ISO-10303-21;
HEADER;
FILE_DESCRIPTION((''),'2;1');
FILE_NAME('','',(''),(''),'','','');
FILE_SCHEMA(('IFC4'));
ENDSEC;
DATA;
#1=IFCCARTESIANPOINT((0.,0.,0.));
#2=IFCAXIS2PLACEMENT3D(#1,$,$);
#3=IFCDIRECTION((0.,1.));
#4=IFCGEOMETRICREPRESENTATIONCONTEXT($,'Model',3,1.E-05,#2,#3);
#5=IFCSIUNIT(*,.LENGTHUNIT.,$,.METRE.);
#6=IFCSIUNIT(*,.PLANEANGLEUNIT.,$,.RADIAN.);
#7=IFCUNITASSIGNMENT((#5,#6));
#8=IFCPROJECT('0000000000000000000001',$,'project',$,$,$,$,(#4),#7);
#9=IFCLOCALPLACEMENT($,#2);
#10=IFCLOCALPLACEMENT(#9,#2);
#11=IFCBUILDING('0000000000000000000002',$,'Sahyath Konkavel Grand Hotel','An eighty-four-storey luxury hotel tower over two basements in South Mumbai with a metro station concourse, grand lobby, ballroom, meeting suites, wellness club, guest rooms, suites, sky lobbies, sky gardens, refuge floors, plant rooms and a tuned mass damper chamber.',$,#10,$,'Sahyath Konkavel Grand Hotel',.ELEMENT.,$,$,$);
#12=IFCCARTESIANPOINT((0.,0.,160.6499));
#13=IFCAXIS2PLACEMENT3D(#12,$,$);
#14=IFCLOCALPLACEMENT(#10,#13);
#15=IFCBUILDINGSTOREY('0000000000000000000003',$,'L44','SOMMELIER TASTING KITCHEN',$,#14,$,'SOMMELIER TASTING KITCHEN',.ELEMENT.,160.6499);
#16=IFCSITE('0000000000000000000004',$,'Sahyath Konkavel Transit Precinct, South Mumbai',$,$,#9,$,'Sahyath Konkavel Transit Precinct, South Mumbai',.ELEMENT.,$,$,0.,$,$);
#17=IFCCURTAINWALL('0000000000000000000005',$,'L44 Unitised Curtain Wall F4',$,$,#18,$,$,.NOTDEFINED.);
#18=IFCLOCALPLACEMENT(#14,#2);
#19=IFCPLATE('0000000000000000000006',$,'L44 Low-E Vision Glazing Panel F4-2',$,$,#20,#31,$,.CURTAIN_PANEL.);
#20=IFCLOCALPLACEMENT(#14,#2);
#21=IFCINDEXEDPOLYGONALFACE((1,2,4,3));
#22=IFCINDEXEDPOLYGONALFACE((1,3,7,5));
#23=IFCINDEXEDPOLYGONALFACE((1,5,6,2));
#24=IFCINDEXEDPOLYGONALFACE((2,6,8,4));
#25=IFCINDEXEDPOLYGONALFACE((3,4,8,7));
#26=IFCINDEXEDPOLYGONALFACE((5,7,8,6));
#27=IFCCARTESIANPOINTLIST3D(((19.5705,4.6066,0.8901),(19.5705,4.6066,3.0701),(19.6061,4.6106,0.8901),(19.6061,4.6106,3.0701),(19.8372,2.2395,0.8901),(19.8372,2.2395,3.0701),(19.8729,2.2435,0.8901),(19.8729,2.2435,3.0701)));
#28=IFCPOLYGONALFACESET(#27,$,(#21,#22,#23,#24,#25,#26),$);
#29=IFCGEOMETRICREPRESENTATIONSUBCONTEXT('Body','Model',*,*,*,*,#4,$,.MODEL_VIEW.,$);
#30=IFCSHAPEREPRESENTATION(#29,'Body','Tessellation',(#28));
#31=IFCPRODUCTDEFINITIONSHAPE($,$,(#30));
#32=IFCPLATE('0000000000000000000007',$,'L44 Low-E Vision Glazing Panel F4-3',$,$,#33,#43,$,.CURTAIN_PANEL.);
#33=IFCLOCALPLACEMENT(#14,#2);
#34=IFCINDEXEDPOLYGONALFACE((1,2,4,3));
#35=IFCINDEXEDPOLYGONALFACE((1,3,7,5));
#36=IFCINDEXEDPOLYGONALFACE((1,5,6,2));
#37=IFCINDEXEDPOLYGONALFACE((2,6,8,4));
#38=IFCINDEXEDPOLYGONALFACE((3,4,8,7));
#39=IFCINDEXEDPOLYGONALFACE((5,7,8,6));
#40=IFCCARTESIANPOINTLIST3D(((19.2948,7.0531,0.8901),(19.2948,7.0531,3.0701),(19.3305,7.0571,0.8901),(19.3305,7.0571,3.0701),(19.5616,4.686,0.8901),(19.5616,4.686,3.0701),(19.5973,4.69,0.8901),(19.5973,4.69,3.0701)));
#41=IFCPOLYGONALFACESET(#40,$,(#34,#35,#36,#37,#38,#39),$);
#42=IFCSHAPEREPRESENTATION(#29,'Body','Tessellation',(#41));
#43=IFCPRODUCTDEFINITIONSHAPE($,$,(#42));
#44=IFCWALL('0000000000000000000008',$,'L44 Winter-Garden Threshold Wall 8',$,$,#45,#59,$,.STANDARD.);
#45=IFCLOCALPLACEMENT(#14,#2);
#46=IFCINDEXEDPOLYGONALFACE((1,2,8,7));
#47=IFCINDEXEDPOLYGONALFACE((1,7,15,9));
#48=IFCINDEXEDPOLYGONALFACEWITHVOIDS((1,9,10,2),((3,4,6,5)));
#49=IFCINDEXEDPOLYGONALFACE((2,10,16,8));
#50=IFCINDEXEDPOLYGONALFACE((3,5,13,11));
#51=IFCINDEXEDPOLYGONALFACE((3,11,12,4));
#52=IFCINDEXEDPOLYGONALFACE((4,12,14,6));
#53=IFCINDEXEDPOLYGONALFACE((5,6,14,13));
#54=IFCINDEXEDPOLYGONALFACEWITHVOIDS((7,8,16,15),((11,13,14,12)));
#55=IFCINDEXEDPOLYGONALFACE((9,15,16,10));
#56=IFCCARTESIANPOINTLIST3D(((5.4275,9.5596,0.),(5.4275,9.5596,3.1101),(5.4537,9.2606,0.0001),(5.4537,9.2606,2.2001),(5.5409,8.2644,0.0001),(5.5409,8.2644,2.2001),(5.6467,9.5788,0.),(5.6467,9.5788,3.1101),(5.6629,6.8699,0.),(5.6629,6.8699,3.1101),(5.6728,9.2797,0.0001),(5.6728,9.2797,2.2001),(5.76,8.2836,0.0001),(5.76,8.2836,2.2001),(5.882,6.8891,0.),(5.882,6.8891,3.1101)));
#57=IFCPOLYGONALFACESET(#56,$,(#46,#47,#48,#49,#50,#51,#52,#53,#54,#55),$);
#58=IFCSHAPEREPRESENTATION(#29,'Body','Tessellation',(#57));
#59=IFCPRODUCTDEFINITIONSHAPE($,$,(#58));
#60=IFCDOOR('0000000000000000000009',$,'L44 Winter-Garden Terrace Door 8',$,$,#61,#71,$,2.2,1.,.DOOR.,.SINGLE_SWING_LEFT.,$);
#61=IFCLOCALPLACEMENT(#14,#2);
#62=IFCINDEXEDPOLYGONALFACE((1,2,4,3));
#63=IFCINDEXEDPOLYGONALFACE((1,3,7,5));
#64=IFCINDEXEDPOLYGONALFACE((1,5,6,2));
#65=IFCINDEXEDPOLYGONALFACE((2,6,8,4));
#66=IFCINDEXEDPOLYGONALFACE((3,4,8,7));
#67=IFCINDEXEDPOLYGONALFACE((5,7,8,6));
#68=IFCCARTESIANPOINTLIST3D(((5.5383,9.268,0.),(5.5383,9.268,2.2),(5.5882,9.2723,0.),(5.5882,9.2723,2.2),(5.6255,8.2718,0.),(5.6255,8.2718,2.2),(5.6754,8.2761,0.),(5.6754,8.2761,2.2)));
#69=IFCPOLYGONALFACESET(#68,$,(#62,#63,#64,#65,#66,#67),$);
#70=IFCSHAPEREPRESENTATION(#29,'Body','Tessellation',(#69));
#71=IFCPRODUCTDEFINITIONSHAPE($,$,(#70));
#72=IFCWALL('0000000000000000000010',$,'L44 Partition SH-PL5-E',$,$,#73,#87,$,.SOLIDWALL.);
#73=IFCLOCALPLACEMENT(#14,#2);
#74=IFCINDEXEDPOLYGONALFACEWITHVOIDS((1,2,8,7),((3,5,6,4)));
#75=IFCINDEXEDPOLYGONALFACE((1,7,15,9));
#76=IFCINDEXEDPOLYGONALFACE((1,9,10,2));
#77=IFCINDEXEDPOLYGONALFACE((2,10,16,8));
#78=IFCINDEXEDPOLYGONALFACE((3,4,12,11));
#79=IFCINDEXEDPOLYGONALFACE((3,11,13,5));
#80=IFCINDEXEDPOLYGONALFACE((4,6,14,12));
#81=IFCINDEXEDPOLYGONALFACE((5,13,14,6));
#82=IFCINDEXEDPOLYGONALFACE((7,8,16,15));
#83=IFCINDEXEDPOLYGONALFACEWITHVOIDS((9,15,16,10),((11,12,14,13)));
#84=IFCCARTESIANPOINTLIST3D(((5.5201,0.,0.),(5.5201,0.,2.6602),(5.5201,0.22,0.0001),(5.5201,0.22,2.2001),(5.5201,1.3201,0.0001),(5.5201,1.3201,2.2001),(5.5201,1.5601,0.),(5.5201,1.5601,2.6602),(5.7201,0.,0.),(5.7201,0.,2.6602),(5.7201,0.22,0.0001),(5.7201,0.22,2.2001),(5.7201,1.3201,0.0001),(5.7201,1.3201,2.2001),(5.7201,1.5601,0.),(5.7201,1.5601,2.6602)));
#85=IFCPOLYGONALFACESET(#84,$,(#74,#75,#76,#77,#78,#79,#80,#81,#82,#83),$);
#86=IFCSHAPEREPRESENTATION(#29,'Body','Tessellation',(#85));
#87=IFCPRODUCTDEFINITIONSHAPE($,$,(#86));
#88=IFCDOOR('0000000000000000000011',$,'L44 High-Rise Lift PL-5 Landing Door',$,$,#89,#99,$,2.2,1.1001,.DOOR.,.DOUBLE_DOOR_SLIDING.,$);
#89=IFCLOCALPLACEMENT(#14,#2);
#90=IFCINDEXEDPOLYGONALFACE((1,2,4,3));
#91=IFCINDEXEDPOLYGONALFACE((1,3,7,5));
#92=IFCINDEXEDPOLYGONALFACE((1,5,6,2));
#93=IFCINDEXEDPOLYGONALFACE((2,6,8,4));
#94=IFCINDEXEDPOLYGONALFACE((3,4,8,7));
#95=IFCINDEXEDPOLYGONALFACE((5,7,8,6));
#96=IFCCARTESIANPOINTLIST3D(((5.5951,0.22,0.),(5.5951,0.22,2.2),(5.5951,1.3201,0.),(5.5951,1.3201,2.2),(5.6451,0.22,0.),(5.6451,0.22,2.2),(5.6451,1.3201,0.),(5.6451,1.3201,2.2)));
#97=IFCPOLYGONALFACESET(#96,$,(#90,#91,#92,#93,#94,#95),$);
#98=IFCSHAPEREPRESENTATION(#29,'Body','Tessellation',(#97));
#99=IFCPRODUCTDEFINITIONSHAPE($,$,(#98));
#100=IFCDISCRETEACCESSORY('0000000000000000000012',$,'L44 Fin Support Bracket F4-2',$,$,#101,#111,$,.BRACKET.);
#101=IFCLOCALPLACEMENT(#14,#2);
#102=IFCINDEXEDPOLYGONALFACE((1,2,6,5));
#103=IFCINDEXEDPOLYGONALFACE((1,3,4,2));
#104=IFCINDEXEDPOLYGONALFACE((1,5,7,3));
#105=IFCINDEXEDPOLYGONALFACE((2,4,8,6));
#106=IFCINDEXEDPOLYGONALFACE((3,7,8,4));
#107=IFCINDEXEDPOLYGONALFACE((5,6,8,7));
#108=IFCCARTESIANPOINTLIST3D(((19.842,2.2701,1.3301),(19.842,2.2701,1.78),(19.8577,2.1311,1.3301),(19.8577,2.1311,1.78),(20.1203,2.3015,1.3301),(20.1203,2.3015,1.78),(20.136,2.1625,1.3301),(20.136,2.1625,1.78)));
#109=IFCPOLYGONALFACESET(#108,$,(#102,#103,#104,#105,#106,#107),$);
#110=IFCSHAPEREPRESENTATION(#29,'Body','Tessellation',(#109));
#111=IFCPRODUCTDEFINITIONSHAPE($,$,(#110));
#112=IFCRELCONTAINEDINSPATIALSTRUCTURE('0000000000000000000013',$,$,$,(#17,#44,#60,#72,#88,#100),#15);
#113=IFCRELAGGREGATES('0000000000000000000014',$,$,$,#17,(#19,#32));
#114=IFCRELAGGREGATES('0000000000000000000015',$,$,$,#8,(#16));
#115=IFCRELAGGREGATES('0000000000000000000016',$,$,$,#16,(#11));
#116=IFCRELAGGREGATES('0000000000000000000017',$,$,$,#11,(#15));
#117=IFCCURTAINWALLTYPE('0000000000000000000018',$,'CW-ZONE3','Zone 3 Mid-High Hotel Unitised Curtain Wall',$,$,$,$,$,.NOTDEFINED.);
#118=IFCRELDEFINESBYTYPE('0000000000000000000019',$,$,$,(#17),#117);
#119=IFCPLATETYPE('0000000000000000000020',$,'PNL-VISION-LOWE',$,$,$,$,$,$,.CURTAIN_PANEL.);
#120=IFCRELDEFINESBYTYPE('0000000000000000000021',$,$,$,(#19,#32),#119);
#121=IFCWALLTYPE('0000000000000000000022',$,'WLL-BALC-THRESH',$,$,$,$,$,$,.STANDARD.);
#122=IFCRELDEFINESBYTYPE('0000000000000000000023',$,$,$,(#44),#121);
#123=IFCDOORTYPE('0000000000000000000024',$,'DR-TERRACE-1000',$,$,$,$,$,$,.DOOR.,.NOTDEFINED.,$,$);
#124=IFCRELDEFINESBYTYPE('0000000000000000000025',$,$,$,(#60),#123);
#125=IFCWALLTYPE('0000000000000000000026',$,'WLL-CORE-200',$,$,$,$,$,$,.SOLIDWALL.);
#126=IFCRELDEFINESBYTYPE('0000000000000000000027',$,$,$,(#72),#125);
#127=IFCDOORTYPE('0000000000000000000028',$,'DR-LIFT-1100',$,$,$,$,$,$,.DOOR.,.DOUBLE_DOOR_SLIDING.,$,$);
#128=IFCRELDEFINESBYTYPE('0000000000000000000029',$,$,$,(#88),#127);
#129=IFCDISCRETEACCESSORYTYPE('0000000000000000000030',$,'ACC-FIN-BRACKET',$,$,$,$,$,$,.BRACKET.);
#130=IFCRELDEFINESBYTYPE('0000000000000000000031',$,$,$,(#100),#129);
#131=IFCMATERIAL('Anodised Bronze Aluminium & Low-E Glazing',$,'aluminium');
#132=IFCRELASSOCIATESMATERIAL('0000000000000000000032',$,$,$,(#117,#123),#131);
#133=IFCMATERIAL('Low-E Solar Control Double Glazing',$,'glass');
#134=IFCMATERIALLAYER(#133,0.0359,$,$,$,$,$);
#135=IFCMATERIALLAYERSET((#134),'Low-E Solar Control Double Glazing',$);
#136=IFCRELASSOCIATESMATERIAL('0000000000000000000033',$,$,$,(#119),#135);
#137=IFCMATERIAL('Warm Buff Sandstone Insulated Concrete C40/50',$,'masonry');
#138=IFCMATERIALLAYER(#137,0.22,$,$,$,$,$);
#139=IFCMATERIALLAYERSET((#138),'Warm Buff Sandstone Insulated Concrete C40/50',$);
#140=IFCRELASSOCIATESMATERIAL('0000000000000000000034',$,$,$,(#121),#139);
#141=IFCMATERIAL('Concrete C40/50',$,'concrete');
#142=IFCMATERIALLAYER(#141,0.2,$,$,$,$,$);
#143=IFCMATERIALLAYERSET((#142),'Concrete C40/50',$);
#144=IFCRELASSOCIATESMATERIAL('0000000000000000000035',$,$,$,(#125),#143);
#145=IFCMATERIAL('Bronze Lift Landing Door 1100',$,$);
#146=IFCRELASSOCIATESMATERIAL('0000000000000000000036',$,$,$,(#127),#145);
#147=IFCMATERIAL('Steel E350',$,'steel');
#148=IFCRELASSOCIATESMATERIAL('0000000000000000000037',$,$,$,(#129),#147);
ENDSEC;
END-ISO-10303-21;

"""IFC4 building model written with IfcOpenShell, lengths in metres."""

from ifc_helpers import new_model, si_unit, direction, frame, frame_2d, origin, origin_2d, place, context, subcontext, project, spatial, rectangle, extrude, source, transform, mapped, material, layer, layer_set, type_object, element, fill, aggregate, save


model = new_model("IFC4")

# Units and contexts
model_context = context("Model", 3, precision=1e-05, world=origin(), true_north=direction((0.0, 1.0)))
body_context = subcontext(model_context, "Body", "Model", "MODEL_VIEW")
ifc_project = project(units=[si_unit("LENGTHUNIT", "METRE"), si_unit("PLANEANGLEUNIT", "RADIAN")], contexts=[model_context])

# Site, building, storey
site_placement = place(None, origin())
site = spatial("IfcSite", under=ifc_project, at=site_placement, Name="Sahyath Konkavel Transit Precinct, South Mumbai", LongName="Sahyath Konkavel Transit Precinct, South Mumbai", CompositionType="ELEMENT", RefElevation=0.0)
building_placement = place(site_placement, origin())
building = spatial("IfcBuilding", under=site, at=building_placement, Name="Sahyath Konkavel Grand Hotel", Description="An eighty-four-storey luxury hotel tower over two basements in South Mumbai with a metro station concourse, grand lobby, ballroom, meeting suites, wellness club, guest rooms, suites, sky lobbies, sky gardens, refuge floors, plant rooms and a tuned mass damper chamber.", LongName="Sahyath Konkavel Grand Hotel", CompositionType="ELEMENT")
storey_placement = place(building_placement, frame((0.0, 0.0, 160.6499)))
storey = spatial("IfcBuildingStorey", under=building, at=storey_placement, Name="L44", Description="SOMMELIER TASTING KITCHEN", LongName="SOMMELIER TASTING KITCHEN", CompositionType="ELEMENT", Elevation=160.6499)

# Shared definitions
ifc_material_1 = material(Name="Concrete C40/50", Category="concrete")

# Shared definitions
ifc_material_2 = material(Name="Steel E350", Category="steel")

# Curtain wall
ifc_material_3 = material(Name="Anodised Bronze Aluminium & Low-E Glazing", Category="aluminium")
curtain_wall_type = type_object("IfcCurtainWallType", Name="CW-ZONE3", Description="Zone 3 Mid-High Hotel Unitised Curtain Wall", PredefinedType="NOTDEFINED", material=ifc_material_3)
curtain_wall_1_placement = place(storey_placement, origin())
curtain_wall_1 = element("IfcCurtainWall", 1, at=curtain_wall_1_placement, inside=storey, type_object=curtain_wall_type, Name="L44 Unitised Curtain Wall F4", PredefinedType="NOTDEFINED")

# Plates
ifc_material_4 = material(Name="Low-E Solar Control Double Glazing", Category="glass")
ifc_layer_1 = layer(ifc_material_4, 0.0359)
ifc_layer_set_1 = layer_set([ifc_layer_1], Name="Low-E Solar Control Double Glazing")
plate_type_1 = type_object("IfcPlateType", Name="PNL-VISION-LOWE", PredefinedType="CURTAIN_PANEL", material=ifc_layer_set_1)
shared_shape_1 = source(origin(), body_context, "Body", "SweptSolid", [
    extrude(rectangle(XDim=2.3821, YDim=0.0359, at=origin_2d()), origin(), (0.0, 0.0, 1.0), 2.1799),
])
plate_1_placement = place(storey_placement, frame((19.7217, 3.425, 0.8901), z_axis=(0.0, 0.0, 1.0), x_axis=(-0.111989, 0.993709, 0.0)))
plate_1 = element("IfcPlate", 2, at=plate_1_placement, type_object=plate_type_1, Name="L44 Low-E Vision Glazing Panel F4-2", PredefinedType="CURTAIN_PANEL", context=body_context, shape_type="MappedRepresentation", body=[
    mapped(shared_shape_1, transform((0.0, 0.0, 0.0), scale=1.0)),
])
plate_2_placement = place(storey_placement, frame((19.446, 5.8716, 0.8901), z_axis=(0.0, 0.0, 1.0), x_axis=(-0.111989, 0.993709, 0.0)))
plate_2 = element("IfcPlate", 3, at=plate_2_placement, type_object=plate_type_1, Name="L44 Low-E Vision Glazing Panel F4-3", PredefinedType="CURTAIN_PANEL", context=body_context, shape_type="MappedRepresentation", body=[
    mapped(shared_shape_1, transform((0.0, 0.0, 0.0), scale=1.0)),
])
aggregate(curtain_wall_1, [plate_1, plate_2])

# Walls, openings, doors
ifc_material_5 = material(Name="Warm Buff Sandstone Insulated Concrete C40/50", Category="masonry")
ifc_layer_2 = layer(ifc_material_5, 0.22)
ifc_layer_set_2 = layer_set([ifc_layer_2], Name="Warm Buff Sandstone Insulated Concrete C40/50")
wall_type_1 = type_object("IfcWallType", Name="WLL-BALC-THRESH", PredefinedType="STANDARD", material=ifc_layer_set_2)
wall_1_placement = place(storey_placement, frame((5.7725, 6.8794, 0.0), z_axis=(0.0, 0.0, 1.0), x_axis=(-0.087168, 0.996194, 0.0)))
wall_1 = element("IfcWall", 4, at=wall_1_placement, inside=storey, type_object=wall_type_1, Name="L44 Winter-Garden Threshold Wall 8", PredefinedType="STANDARD", context=body_context, shape_type="SweptSolid", body=[
    extrude(rectangle(XDim=2.7, YDim=0.22, at=frame_2d((1.3501, 0.0))), origin(), (0.0, 0.0, 1.0), 3.1101),
])
opening_1_placement = place(wall_1_placement, frame((1.3999, 0.0, 0.0)))
opening_1 = element("IfcOpeningElement", 5, at=opening_1_placement, cuts=wall_1, PredefinedType="OPENING", context=body_context, shape_type="SweptSolid", body=[
    extrude(rectangle(XDim=1.0, YDim=2.2, at=frame_2d((0.5, 1.1001))), frame((0.0, 0.1201, 0.0), z_axis=(0.0, -1.0, 0.0), x_axis=(1.0, 0.0, 0.0)), (0.0, 0.0, 1.0), 0.24),
])
door_type_1 = type_object("IfcDoorType", Name="DR-TERRACE-1000", OperationType="NOTDEFINED", PredefinedType="DOOR", material=ifc_material_3)
shared_shape_2 = source(origin(), body_context, "Body", "SweptSolid", [
    extrude(rectangle(XDim=1.0, YDim=0.05, at=origin_2d()), origin(), (0.0, 0.0, 1.0), 2.2),
])
door_1_placement = place(opening_1_placement, frame((0.5, 0.0, 0.0)))
door_1 = element("IfcDoor", 6, at=door_1_placement, inside=storey, type_object=door_type_1, Name="L44 Winter-Garden Terrace Door 8", OperationType="SINGLE_SWING_LEFT", OverallHeight=2.2, OverallWidth=1.0, PredefinedType="DOOR", context=body_context, shape_type="MappedRepresentation", body=[
    mapped(shared_shape_2, transform((0.0, 0.0, 0.0), scale=1.0)),
])
fill(opening_1, door_1)
ifc_layer_3 = layer(ifc_material_1, 0.2)
ifc_layer_set_3 = layer_set([ifc_layer_3], Name="Concrete C40/50")
wall_type_2 = type_object("IfcWallType", Name="WLL-CORE-200", PredefinedType="SOLIDWALL", material=ifc_layer_set_3)
wall_2_placement = place(storey_placement, frame((5.6201, 0.0, 0.0), z_axis=(0.0, 0.0, 1.0), x_axis=(0.0, 1.0, 0.0)))
wall_2 = element("IfcWall", 7, at=wall_2_placement, inside=storey, type_object=wall_type_2, Name="L44 Partition SH-PL5-E", PredefinedType="SOLIDWALL", context=body_context, shape_type="SweptSolid", body=[
    extrude(rectangle(XDim=1.5601, YDim=0.2, at=frame_2d((0.78, 0.0))), origin(), (0.0, 0.0, 1.0), 2.6602),
])
opening_2_placement = place(wall_2_placement, frame((0.22, 0.0, 0.0)))
opening_2 = element("IfcOpeningElement", 8, at=opening_2_placement, cuts=wall_2, PredefinedType="OPENING", context=body_context, shape_type="SweptSolid", body=[
    extrude(rectangle(XDim=1.1001, YDim=2.2, at=frame_2d((0.55, 1.1001))), frame((0.0, 0.1099, 0.0), z_axis=(0.0, -1.0, 0.0), x_axis=(1.0, 0.0, 0.0)), (0.0, 0.0, 1.0), 0.22),
])
ifc_material_6 = material(Name="Bronze Lift Landing Door 1100")
door_type_2 = type_object("IfcDoorType", Name="DR-LIFT-1100", OperationType="DOUBLE_DOOR_SLIDING", PredefinedType="DOOR", material=ifc_material_6)
shared_shape_3 = source(origin(), body_context, "Body", "SweptSolid", [
    extrude(rectangle(XDim=1.1001, YDim=0.05, at=origin_2d()), origin(), (0.0, 0.0, 1.0), 2.2),
])
door_2_placement = place(opening_2_placement, frame((0.55, 0.0, 0.0)))
door_2 = element("IfcDoor", 9, at=door_2_placement, inside=storey, type_object=door_type_2, Name="L44 High-Rise Lift PL-5 Landing Door", OperationType="DOUBLE_DOOR_SLIDING", OverallHeight=2.2, OverallWidth=1.1001, PredefinedType="DOOR", context=body_context, shape_type="MappedRepresentation", body=[
    mapped(shared_shape_3, transform((0.0, 0.0, 0.0), scale=1.0)),
])
fill(opening_2, door_2)

# Discrete accessory
discrete_accessory_type = type_object("IfcDiscreteAccessoryType", Name="ACC-FIN-BRACKET", PredefinedType="BRACKET", material=ifc_material_2)
shared_shape_4 = source(origin(), body_context, "Body", "SweptSolid", [
    extrude(rectangle(XDim=0.28, YDim=0.1399, at=origin_2d()), origin(), (0.0, 0.0, 1.0), 0.45),
])
discrete_accessory_placement = place(storey_placement, frame((19.989, 2.2163, 1.3301), z_axis=(0.0, 0.0, 1.0), x_axis=(0.993709, 0.111989, 0.0)))
element("IfcDiscreteAccessory", 10, at=discrete_accessory_placement, inside=storey, type_object=discrete_accessory_type, Name="L44 Fin Support Bracket F4-2", PredefinedType="BRACKET", context=body_context, shape_type="MappedRepresentation", body=[
    mapped(shared_shape_4, transform((0.0, 0.0, 0.0), scale=1.0)),
])

save(model, "model.ifc")
